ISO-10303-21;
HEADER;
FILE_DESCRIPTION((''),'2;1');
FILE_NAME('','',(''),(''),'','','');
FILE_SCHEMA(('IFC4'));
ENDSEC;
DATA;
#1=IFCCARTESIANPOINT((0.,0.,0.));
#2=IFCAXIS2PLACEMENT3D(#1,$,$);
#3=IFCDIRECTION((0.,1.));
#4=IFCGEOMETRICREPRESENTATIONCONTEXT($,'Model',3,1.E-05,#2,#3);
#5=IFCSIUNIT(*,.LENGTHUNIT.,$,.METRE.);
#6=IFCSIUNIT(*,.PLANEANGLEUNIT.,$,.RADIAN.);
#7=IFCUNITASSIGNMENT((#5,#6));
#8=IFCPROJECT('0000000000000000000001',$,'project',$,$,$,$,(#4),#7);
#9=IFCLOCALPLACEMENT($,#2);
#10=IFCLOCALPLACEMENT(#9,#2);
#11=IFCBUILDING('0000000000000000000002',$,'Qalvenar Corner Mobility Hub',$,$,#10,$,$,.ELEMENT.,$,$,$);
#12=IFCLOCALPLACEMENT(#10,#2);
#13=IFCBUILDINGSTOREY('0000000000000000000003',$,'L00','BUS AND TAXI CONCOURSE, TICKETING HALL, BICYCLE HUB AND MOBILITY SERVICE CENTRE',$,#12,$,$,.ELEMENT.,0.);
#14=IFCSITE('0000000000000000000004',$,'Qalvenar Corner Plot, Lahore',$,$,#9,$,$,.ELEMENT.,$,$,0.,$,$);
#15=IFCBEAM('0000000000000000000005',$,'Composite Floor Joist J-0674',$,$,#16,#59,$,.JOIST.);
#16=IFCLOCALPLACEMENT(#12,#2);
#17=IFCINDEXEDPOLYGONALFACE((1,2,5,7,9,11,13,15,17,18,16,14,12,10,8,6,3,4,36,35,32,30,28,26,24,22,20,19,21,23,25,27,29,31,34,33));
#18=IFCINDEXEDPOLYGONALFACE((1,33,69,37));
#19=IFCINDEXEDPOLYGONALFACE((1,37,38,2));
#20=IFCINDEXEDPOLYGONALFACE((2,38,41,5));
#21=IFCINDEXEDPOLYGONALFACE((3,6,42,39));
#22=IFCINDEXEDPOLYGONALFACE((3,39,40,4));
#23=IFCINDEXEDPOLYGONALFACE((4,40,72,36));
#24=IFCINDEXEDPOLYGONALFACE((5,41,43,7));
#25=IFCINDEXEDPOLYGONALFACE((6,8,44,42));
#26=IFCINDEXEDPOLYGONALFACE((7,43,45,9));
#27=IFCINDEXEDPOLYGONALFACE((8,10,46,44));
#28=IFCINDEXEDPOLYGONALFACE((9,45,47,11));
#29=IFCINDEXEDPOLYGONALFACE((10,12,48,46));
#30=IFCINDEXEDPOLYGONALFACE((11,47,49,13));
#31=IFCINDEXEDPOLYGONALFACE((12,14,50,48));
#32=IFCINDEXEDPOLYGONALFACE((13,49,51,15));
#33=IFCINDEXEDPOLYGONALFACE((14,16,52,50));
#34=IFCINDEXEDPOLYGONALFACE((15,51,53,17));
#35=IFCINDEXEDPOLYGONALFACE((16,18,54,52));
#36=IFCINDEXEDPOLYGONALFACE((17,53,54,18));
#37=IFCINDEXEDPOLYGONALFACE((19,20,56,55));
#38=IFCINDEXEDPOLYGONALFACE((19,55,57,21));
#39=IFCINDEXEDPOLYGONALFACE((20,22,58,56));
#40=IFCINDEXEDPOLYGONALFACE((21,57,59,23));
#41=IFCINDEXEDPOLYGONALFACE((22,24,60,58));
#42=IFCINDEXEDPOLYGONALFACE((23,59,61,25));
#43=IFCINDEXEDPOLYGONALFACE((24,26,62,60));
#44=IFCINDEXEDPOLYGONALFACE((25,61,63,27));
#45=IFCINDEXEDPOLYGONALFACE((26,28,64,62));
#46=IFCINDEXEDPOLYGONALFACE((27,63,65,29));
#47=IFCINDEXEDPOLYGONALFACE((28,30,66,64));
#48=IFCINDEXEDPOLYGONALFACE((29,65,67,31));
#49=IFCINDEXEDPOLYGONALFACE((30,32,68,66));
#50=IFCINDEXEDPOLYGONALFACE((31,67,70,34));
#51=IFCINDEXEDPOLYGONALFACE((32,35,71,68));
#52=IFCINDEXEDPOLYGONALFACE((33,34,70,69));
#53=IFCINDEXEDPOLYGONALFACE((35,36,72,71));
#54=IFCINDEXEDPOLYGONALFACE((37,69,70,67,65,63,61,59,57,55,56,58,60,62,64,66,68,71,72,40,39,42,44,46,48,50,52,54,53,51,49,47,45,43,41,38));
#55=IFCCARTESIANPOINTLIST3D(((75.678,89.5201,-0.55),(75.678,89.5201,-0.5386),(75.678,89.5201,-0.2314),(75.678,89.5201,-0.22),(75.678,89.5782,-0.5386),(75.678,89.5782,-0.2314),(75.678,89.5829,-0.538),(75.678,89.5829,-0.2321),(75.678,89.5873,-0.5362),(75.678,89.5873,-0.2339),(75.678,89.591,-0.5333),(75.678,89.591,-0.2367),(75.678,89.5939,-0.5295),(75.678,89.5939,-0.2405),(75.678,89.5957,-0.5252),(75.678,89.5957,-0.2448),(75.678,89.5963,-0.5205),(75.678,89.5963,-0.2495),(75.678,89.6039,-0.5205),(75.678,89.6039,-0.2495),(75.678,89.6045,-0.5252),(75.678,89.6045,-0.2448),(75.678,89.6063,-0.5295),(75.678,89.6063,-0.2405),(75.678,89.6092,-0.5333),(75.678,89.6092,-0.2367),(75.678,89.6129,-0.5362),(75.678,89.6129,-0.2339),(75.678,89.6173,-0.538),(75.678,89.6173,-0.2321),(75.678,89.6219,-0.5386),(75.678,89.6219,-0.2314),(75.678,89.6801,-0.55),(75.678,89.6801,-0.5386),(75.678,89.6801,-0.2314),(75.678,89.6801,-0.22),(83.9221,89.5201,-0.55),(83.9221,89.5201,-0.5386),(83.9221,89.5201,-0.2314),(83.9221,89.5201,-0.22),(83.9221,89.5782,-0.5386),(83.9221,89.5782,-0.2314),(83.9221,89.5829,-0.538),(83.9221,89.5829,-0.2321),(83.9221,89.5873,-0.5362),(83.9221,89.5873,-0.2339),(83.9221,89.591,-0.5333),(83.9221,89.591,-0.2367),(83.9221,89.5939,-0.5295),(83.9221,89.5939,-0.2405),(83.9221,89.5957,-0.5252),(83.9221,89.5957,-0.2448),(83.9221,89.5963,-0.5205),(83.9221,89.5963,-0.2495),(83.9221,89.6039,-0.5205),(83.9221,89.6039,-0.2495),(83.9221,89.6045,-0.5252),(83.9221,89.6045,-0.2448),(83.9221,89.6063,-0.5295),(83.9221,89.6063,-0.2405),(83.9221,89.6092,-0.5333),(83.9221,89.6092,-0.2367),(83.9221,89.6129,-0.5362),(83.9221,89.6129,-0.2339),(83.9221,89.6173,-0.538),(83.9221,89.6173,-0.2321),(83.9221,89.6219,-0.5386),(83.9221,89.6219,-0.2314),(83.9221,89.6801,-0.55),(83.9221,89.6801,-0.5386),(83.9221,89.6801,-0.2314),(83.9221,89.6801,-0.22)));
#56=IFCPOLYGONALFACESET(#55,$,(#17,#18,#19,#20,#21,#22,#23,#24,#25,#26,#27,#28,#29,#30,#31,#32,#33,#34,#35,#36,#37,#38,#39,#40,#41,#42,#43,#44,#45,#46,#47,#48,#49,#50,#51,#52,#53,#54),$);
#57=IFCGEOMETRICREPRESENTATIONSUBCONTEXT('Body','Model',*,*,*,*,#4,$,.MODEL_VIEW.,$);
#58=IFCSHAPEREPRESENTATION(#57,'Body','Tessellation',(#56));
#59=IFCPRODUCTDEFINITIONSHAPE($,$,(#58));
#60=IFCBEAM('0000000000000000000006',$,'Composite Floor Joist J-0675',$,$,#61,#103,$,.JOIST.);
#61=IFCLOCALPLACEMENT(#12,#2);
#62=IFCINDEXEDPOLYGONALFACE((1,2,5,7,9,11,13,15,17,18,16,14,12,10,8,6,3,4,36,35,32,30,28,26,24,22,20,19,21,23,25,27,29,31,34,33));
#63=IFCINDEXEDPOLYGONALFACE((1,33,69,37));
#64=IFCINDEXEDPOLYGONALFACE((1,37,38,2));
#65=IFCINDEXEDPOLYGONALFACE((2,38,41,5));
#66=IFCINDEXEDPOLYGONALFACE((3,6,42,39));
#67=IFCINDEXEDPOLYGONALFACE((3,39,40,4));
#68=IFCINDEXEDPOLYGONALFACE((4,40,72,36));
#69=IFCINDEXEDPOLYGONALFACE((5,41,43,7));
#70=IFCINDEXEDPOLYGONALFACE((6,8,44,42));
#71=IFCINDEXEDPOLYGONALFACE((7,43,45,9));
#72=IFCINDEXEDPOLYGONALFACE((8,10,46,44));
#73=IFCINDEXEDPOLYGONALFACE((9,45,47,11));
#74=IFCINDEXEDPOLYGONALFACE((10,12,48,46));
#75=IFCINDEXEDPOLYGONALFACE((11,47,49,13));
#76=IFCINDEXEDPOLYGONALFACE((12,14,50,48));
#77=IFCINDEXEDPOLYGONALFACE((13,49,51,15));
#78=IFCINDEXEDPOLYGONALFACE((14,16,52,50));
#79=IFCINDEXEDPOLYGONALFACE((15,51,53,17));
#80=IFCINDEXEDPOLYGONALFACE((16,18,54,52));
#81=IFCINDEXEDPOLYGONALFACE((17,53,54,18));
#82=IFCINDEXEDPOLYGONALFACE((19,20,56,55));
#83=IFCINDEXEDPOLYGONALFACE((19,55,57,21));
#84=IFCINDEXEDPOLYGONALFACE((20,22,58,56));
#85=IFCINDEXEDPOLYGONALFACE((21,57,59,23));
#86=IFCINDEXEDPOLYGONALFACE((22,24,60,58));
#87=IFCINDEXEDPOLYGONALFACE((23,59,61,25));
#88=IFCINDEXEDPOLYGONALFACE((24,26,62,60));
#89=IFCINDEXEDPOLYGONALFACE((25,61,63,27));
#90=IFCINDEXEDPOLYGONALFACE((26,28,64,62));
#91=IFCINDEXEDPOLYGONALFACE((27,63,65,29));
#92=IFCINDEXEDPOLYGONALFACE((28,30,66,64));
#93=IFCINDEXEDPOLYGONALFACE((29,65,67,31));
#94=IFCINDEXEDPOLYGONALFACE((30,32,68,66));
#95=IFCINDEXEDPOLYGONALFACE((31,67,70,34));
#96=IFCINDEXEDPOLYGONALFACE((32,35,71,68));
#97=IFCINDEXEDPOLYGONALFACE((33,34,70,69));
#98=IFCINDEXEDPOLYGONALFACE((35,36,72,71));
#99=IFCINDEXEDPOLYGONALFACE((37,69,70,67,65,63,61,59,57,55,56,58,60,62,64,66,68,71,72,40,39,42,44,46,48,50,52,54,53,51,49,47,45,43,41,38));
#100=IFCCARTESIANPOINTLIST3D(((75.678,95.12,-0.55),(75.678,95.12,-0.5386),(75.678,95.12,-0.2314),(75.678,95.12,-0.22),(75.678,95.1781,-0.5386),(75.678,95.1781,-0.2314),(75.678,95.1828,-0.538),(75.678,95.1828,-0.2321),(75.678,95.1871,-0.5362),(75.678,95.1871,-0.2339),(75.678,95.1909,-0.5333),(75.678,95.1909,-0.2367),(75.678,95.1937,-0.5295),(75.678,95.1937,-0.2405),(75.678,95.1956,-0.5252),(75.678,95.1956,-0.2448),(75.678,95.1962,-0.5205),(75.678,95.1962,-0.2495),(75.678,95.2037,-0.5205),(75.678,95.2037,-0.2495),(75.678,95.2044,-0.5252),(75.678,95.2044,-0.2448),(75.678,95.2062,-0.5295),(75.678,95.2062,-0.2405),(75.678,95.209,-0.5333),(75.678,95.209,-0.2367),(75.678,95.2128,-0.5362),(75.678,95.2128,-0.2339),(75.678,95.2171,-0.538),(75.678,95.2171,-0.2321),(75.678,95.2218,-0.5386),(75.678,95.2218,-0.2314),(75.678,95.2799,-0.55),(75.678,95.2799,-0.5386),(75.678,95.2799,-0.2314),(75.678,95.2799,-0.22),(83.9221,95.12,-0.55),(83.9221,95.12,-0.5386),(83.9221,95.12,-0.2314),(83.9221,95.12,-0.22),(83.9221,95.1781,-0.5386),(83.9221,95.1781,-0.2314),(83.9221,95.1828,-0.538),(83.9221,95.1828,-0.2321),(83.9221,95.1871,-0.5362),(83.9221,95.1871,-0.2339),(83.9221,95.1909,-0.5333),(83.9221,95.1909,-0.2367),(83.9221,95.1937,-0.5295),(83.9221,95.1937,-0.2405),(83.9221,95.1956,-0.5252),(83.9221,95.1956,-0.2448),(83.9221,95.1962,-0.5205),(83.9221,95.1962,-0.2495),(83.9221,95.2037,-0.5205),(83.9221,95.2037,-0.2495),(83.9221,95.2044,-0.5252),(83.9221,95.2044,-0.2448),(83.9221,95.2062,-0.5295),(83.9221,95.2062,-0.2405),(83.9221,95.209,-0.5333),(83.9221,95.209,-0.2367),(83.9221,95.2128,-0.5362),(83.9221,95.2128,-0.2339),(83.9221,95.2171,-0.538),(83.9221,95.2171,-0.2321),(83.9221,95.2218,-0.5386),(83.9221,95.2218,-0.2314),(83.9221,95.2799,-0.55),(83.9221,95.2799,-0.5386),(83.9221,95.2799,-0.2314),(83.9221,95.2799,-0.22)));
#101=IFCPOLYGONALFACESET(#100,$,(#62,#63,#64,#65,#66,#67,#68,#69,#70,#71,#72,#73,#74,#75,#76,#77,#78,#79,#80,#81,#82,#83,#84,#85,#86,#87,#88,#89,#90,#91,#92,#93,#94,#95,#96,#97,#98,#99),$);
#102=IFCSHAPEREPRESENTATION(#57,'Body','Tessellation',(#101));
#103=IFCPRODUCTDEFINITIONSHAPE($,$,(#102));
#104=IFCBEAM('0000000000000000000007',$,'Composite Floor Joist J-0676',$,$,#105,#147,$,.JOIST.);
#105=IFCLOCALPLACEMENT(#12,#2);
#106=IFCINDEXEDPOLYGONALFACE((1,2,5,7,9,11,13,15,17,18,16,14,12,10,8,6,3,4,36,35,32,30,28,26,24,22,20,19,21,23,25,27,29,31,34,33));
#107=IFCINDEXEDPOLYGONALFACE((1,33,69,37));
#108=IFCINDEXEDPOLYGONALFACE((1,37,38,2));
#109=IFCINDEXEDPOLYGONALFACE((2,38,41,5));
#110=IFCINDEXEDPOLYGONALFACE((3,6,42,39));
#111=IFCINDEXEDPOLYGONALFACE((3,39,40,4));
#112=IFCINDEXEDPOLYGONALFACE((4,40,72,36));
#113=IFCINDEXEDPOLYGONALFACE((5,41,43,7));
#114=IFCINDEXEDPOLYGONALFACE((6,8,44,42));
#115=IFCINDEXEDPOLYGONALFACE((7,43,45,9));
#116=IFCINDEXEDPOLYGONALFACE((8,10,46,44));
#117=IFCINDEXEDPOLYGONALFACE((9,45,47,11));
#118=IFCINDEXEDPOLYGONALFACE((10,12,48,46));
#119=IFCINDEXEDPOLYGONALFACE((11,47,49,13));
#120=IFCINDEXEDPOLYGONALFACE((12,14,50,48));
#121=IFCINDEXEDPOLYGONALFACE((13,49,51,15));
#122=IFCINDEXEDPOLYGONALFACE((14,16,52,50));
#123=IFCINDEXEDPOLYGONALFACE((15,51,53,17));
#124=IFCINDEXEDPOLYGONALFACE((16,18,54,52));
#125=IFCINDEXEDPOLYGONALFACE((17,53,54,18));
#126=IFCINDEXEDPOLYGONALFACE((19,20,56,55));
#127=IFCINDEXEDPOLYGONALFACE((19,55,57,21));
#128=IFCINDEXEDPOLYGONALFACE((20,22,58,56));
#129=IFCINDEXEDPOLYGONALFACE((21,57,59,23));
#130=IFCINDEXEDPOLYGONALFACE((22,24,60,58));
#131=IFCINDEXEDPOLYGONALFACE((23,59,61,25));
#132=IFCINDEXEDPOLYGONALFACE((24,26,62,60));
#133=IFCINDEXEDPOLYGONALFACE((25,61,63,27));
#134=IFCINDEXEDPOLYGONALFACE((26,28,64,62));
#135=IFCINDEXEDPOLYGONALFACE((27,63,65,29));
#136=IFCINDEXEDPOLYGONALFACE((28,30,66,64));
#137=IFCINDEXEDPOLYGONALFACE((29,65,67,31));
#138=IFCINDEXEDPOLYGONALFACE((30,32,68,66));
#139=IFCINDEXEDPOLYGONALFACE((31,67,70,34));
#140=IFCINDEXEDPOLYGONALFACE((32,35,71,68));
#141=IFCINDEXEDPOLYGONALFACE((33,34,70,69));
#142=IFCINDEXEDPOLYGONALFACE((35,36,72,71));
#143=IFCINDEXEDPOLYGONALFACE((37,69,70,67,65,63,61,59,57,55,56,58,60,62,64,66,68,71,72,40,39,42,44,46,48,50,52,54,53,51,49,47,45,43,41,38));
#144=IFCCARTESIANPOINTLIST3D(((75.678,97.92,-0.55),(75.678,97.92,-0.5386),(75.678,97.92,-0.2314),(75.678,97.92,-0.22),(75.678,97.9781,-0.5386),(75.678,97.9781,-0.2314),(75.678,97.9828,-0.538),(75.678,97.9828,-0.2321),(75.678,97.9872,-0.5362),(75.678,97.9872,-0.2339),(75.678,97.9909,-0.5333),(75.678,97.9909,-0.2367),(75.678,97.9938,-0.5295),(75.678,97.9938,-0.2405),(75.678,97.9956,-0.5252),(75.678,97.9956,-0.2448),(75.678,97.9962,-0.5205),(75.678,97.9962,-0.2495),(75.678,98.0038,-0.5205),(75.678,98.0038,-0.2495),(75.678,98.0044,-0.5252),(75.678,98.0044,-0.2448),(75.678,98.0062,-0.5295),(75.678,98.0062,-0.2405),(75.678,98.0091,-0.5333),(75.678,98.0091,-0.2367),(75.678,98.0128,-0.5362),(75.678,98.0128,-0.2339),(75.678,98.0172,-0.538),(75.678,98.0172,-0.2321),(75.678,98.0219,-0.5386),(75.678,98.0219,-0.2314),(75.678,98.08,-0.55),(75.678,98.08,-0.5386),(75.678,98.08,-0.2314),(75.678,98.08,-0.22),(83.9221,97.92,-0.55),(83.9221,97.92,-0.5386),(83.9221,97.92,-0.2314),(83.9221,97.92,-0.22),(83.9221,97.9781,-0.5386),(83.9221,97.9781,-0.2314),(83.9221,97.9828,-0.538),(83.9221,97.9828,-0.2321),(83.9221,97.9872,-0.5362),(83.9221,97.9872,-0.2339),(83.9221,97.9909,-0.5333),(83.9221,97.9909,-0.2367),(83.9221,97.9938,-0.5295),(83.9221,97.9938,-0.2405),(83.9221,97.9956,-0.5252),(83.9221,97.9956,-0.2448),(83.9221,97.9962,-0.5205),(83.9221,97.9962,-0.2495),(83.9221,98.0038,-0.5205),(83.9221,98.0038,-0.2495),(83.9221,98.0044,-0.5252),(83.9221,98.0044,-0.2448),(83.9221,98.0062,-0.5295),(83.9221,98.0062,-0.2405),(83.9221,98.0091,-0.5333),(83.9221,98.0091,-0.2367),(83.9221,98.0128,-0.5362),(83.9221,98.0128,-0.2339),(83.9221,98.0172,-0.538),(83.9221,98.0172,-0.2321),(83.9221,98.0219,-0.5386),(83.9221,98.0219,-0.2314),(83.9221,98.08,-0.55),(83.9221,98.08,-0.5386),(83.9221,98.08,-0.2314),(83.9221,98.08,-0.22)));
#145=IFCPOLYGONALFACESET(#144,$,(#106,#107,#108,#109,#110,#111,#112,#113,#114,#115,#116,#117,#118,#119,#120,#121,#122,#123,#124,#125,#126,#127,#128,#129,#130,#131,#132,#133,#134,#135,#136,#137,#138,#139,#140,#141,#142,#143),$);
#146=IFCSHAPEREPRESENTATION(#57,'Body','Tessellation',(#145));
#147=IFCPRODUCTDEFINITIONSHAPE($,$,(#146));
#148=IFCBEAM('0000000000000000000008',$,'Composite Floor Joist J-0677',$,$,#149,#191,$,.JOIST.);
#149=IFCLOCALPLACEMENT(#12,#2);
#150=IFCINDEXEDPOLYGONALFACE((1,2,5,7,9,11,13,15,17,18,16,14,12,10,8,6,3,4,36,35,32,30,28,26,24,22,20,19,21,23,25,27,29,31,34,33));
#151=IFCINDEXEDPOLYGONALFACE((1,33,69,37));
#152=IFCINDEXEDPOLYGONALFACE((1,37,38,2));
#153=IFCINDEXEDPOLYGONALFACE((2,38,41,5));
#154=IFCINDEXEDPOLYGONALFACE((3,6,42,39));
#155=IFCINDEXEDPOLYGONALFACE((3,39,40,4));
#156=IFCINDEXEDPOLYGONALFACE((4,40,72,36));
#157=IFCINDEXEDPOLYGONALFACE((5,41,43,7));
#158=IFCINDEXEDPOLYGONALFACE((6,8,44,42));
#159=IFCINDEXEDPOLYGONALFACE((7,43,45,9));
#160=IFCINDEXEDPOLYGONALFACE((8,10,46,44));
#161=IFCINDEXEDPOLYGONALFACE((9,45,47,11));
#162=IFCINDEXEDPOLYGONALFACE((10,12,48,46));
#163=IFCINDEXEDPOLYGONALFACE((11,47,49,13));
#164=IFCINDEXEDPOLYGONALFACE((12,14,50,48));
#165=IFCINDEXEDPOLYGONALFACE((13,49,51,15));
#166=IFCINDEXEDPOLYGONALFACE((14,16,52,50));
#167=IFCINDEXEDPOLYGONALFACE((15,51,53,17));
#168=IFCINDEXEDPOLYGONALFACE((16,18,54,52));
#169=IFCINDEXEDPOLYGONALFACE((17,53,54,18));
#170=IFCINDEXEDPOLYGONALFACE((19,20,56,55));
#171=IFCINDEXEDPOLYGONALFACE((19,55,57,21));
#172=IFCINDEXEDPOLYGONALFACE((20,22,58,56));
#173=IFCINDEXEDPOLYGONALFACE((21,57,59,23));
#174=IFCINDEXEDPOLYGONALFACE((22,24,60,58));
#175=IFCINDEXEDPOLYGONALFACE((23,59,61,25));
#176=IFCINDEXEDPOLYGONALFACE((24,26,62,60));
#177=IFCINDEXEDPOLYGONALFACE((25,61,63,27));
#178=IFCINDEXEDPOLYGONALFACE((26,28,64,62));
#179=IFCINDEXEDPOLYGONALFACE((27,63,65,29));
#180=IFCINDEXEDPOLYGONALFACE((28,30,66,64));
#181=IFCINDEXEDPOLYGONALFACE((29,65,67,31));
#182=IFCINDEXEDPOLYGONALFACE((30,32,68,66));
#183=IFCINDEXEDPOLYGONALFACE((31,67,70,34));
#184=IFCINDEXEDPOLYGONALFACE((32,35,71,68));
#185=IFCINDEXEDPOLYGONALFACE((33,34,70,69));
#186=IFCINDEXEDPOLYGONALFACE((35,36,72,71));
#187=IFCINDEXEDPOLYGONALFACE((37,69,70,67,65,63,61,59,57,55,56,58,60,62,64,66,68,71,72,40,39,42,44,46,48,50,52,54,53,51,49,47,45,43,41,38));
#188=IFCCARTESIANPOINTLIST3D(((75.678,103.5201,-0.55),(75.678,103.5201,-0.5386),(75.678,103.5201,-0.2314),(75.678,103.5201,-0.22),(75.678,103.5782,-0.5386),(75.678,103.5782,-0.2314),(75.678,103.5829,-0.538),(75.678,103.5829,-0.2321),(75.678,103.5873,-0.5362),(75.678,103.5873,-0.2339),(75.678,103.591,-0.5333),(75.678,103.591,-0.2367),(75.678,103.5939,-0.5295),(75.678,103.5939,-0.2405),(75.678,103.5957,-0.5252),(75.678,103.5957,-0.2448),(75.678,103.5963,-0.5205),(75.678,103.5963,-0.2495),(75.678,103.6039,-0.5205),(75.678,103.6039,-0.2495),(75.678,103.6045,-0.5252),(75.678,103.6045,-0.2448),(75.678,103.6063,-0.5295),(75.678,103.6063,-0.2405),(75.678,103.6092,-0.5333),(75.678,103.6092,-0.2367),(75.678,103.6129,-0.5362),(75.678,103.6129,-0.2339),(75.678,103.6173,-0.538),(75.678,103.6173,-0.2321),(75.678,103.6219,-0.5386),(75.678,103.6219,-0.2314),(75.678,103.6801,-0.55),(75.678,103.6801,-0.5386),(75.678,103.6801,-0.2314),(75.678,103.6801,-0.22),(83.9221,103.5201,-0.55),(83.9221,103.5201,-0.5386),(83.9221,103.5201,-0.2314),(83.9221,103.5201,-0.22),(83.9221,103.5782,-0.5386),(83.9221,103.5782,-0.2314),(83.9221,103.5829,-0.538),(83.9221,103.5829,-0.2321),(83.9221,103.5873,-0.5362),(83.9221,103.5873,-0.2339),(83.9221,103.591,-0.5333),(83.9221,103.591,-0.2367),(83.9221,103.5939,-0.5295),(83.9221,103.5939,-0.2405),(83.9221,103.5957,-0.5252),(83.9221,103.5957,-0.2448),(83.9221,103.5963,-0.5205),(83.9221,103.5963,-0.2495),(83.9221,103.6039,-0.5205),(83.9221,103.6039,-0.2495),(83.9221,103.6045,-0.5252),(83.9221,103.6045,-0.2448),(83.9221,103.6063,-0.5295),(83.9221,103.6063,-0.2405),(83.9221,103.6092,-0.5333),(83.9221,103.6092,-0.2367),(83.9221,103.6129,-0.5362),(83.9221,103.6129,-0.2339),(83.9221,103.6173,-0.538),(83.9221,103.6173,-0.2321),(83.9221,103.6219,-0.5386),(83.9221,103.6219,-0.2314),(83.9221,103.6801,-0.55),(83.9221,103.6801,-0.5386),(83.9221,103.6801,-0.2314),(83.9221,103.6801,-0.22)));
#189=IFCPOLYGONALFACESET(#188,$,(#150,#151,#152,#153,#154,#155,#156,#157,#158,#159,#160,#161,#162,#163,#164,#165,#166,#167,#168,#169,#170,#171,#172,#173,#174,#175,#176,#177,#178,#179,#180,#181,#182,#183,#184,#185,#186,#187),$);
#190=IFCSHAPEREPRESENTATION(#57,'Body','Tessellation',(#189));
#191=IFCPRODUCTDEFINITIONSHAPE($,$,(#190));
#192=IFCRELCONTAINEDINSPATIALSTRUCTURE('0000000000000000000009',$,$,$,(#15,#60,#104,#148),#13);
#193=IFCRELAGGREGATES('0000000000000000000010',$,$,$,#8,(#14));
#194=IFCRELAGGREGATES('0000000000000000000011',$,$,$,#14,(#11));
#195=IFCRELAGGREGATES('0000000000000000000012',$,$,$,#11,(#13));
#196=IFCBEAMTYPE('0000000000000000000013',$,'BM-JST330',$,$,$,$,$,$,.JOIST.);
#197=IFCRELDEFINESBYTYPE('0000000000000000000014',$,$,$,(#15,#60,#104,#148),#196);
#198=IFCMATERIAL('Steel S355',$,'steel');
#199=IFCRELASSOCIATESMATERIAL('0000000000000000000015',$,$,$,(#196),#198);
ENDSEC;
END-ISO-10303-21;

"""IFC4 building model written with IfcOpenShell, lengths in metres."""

from ifc_helpers import new_model, si_unit, direction, frame, origin, origin_2d, place, context, subcontext, project, spatial, i_section, extrude, material, material_profile, profile_set, type_object, element, save


model = new_model("IFC4")

# Units and contexts
model_context = context("Model", 3, precision=1e-05, world=origin(), true_north=direction((0.0, 1.0)))
body_context = subcontext(model_context, "Body", "Model", "MODEL_VIEW")
ifc_project = project(units=[si_unit("LENGTHUNIT", "METRE"), si_unit("PLANEANGLEUNIT", "RADIAN")], contexts=[model_context])

# Site, building, storey
site_placement = place(None, origin())
site = spatial("IfcSite", under=ifc_project, at=site_placement, Name="Qalvenar Corner Plot, Lahore", CompositionType="ELEMENT", RefElevation=0.0)
building_placement = place(site_placement, origin())
building = spatial("IfcBuilding", under=site, at=building_placement, Name="Qalvenar Corner Mobility Hub", CompositionType="ELEMENT")
storey_placement = place(building_placement, origin())
storey = spatial("IfcBuildingStorey", under=building, at=storey_placement, Name="L00", Description="BUS AND TAXI CONCOURSE, TICKETING HALL, BICYCLE HUB AND MOBILITY SERVICE CENTRE", CompositionType="ELEMENT", Elevation=0.0)

# Shared definitions
ifc_material_1 = material(Name="Steel S355", Category="steel")

# Beams
ifc_material_profile_1 = material_profile(ifc_material_1, i_section(OverallWidth=0.1599, OverallDepth=0.3301, WebThickness=0.0076, FlangeThickness=0.0115, FilletRadius=0.0181, at=origin_2d()), Name="IPE330")
ifc_profile_set_1 = profile_set([ifc_material_profile_1], Name="Steel S355")
beam_type_1 = type_object("IfcBeamType", Name="BM-JST330", PredefinedType="JOIST", material=ifc_profile_set_1)
for number, where, z_axis, x_axis, name in (
    (1, (75.678, 89.6001, -0.385), (1.0, 0.0, 0.0), (0.0, 1.0, 0.0), "Composite Floor Joist J-0674"),
    (2, (75.678, 95.2, -0.385), (1.0, 0.0, 0.0), (0.0, 1.0, 0.0), "Composite Floor Joist J-0675"),
    (3, (75.678, 98.0, -0.385), (1.0, 0.0, 0.0), (0.0, 1.0, 0.0), "Composite Floor Joist J-0676"),
    (4, (75.678, 103.6001, -0.385), (1.0, 0.0, 0.0), (0.0, 1.0, 0.0), "Composite Floor Joist J-0677"),
):
    element("IfcBeam", number, at=place(storey_placement, frame(where, z_axis=z_axis, x_axis=x_axis)), inside=storey, type_object=beam_type_1, Name=name, PredefinedType="JOIST", context=body_context, shape_type="SweptSolid", body=[
        extrude(i_section(OverallWidth=0.1599, OverallDepth=0.3301, WebThickness=0.0076, FlangeThickness=0.0115, FilletRadius=0.0181, at=origin_2d()), origin(), (0.0, 0.0, 1.0), 8.2441),
    ])

save(model, "model.ifc")
